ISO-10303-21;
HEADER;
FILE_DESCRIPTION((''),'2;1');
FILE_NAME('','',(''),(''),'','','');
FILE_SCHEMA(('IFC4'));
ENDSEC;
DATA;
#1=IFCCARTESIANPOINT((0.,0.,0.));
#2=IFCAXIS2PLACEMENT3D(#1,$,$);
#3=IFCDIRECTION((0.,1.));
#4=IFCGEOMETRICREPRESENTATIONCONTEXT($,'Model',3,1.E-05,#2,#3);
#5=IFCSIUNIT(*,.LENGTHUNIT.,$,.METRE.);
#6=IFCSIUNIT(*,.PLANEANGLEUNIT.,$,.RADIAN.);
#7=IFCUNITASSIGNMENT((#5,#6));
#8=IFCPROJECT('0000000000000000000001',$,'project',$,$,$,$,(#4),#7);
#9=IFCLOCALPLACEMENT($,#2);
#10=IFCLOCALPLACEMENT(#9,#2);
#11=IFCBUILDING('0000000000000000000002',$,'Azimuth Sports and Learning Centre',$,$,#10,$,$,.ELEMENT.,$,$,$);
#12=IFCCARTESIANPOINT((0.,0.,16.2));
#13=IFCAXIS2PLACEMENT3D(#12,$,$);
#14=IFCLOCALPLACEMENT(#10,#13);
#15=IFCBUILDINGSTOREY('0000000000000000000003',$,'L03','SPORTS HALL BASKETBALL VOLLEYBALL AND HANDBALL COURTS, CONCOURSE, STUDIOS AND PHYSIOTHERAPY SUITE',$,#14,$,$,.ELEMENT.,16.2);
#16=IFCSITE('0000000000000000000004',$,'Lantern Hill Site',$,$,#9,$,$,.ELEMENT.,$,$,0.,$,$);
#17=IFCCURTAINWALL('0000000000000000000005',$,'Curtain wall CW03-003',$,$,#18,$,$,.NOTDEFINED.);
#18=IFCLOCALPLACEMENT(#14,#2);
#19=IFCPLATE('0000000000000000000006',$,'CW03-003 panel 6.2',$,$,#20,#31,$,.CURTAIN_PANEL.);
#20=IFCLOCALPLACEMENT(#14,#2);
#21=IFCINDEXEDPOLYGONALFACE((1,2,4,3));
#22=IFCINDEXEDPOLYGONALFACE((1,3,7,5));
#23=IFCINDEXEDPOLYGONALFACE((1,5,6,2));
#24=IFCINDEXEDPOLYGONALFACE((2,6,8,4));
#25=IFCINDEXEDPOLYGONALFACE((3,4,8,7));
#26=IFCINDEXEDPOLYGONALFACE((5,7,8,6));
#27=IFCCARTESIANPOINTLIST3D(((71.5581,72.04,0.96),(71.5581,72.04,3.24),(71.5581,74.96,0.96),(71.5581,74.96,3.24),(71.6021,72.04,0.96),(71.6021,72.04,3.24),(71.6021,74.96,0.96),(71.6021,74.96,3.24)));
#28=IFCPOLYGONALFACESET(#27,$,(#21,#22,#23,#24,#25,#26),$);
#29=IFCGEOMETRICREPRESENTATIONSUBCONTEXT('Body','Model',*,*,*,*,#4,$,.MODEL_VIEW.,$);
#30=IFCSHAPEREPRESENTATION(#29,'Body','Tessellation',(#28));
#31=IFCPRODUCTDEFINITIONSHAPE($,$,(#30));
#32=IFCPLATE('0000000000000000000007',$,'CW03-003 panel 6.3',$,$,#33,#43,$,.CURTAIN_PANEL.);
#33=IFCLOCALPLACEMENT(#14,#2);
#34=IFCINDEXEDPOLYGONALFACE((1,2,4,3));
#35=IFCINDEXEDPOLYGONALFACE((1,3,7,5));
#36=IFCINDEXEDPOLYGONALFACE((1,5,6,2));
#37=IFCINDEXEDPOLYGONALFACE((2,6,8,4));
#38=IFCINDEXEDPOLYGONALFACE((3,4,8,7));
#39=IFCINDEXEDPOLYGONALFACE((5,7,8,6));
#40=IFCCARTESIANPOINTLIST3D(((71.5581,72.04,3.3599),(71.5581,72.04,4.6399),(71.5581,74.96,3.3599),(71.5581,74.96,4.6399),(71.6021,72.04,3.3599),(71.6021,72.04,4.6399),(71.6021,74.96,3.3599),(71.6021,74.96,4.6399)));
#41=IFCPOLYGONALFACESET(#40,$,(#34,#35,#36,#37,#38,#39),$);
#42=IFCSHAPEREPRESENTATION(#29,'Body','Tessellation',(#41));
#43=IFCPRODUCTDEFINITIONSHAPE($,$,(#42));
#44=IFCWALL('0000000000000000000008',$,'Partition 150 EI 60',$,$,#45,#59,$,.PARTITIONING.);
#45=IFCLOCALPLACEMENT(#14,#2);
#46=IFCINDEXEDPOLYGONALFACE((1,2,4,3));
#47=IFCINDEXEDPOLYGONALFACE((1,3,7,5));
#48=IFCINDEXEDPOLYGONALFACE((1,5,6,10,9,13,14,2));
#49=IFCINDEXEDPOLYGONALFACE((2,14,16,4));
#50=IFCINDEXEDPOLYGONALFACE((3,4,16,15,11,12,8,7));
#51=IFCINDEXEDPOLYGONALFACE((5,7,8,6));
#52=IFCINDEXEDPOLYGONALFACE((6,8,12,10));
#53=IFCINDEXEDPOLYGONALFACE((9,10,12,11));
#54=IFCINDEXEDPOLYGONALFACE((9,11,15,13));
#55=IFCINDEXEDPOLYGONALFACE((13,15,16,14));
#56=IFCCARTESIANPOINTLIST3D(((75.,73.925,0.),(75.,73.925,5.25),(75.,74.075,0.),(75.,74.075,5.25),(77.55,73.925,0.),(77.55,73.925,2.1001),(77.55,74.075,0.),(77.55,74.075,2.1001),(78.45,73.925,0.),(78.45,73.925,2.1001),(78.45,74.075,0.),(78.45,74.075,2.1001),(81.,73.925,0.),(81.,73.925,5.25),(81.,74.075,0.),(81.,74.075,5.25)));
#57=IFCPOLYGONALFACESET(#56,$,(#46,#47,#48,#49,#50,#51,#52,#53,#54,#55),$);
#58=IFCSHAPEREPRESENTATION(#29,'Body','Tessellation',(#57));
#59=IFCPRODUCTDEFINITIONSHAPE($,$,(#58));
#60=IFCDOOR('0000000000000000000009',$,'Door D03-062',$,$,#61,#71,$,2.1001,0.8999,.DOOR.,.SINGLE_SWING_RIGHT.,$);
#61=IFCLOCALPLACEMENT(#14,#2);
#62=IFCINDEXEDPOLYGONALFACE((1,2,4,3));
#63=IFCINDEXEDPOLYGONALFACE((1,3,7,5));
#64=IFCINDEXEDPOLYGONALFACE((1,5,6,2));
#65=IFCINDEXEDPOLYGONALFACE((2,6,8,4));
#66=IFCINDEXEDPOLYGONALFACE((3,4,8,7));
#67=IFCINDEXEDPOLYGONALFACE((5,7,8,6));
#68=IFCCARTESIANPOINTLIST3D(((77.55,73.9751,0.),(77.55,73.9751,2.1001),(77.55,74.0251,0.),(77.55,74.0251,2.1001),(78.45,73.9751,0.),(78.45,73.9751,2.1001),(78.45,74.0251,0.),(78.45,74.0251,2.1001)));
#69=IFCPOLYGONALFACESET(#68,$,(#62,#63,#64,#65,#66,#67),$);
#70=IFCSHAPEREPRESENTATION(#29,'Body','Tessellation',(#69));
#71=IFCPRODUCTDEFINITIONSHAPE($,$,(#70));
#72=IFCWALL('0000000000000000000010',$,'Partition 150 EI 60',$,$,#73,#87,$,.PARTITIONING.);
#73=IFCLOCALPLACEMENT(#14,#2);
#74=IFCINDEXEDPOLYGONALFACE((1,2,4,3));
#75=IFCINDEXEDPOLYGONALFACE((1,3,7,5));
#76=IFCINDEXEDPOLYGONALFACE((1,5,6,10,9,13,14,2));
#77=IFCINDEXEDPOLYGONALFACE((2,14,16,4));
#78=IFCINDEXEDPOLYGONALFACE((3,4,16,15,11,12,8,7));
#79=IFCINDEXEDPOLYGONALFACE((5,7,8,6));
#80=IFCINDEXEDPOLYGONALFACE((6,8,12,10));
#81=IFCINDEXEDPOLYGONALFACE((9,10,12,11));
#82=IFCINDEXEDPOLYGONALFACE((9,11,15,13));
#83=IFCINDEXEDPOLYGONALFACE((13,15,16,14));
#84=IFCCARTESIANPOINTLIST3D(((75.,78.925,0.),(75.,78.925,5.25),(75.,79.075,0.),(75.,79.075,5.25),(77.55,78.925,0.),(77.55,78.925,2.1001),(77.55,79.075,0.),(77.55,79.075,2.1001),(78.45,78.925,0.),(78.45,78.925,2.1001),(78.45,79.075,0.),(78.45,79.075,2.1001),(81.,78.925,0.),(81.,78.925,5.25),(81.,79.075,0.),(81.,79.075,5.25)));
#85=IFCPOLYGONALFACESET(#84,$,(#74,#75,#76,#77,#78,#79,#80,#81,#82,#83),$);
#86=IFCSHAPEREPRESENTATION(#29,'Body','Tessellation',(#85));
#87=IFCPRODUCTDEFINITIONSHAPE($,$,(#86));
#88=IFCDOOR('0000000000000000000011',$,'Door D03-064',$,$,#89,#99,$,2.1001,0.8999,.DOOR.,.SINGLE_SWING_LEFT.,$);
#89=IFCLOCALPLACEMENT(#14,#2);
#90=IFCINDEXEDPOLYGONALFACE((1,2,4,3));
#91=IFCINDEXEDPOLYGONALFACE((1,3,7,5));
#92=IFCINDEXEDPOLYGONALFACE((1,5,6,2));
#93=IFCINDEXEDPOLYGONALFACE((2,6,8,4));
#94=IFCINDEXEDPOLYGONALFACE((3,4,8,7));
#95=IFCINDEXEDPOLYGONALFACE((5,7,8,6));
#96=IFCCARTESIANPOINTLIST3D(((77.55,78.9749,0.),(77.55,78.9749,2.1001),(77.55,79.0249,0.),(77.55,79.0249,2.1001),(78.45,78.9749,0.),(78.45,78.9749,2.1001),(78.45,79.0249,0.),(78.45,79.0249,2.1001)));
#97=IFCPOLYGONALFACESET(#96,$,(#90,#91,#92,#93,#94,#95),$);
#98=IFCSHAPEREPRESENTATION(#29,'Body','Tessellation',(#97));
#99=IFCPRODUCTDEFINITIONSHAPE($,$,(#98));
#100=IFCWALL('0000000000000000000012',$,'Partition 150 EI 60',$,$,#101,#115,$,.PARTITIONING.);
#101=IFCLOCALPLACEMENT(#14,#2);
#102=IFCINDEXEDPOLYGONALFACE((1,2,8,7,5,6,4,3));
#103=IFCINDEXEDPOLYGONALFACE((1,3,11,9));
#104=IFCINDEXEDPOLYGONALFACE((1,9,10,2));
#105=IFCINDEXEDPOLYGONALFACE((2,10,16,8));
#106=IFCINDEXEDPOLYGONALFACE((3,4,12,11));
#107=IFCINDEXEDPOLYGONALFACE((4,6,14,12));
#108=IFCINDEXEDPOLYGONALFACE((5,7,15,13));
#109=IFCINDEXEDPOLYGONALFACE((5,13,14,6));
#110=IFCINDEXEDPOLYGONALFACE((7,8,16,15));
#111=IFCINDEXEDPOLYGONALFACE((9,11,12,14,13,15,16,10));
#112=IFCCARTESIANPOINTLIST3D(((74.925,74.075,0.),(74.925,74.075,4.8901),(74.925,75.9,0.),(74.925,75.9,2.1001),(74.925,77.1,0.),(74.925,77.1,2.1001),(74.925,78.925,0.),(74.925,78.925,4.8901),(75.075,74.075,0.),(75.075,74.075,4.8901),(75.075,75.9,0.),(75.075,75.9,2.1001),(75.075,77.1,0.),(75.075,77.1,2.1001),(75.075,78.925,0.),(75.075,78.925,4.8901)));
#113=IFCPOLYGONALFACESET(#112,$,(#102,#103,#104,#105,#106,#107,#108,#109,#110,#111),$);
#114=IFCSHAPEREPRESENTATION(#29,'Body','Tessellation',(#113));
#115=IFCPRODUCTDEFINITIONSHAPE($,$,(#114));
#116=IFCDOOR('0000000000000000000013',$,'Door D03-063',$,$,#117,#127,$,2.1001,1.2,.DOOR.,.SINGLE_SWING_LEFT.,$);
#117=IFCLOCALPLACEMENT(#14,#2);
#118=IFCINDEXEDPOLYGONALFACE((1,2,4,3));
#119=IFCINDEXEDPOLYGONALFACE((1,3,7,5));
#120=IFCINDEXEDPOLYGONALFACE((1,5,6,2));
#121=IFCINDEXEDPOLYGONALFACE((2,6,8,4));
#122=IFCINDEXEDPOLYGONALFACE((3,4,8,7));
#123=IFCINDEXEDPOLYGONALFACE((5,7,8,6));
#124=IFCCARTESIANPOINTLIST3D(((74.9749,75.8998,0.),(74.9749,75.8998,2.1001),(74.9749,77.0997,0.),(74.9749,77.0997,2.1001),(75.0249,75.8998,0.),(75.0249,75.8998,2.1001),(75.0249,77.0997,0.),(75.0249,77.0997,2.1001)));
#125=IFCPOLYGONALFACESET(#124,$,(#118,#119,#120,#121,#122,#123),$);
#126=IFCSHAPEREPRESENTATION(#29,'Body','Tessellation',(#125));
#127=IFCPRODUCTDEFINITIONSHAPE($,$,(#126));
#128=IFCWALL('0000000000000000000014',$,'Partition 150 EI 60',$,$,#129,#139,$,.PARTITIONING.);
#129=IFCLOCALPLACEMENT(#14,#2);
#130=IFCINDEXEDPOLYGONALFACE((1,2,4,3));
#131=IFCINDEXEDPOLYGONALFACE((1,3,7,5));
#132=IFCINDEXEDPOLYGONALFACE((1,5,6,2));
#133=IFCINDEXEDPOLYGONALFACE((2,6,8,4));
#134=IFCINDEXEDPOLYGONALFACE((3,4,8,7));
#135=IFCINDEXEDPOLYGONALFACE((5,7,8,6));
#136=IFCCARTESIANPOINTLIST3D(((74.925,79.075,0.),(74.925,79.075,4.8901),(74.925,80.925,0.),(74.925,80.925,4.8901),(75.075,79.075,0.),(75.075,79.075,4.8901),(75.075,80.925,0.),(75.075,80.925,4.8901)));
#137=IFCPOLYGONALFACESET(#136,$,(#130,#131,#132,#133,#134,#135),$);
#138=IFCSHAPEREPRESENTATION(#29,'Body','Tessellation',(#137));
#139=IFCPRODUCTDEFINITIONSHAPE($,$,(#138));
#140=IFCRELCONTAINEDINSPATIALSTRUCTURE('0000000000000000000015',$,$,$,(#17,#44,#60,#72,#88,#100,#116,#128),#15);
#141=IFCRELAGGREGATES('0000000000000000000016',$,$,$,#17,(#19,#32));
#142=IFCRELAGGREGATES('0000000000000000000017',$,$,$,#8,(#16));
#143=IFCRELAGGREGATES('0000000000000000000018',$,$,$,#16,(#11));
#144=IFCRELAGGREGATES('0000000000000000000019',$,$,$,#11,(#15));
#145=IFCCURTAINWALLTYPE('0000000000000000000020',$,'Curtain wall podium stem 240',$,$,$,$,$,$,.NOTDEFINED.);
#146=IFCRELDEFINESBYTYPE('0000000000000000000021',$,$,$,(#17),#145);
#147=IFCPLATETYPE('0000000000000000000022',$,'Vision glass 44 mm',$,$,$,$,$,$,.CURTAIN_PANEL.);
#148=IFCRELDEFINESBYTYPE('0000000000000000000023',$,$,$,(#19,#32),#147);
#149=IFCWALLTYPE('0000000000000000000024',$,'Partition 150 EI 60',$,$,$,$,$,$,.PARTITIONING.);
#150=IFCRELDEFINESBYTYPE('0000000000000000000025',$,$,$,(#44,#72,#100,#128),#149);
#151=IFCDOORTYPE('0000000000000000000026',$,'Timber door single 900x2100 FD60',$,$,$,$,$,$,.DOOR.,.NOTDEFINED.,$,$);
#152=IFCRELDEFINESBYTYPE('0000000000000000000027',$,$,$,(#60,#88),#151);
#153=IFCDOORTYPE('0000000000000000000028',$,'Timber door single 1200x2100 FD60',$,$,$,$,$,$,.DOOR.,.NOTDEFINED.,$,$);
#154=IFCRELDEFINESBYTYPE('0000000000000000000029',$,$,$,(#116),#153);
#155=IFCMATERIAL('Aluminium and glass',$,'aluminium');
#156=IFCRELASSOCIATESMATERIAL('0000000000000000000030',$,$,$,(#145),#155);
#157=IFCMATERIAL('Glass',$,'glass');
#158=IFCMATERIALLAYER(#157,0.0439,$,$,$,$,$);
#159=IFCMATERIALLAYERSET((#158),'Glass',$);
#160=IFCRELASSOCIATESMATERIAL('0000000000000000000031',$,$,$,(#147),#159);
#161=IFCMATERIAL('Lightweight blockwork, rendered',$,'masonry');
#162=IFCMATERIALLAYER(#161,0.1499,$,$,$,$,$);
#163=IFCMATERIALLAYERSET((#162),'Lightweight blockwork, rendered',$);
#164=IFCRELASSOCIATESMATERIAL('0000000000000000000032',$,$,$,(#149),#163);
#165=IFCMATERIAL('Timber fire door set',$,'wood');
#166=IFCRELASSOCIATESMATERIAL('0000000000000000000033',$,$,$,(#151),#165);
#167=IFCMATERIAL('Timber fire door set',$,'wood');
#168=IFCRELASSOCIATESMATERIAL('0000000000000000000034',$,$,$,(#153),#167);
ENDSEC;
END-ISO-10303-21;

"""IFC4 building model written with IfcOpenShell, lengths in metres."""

from ifc_helpers import new_model, si_unit, direction, frame, frame_2d, origin, origin_2d, place, context, subcontext, project, spatial, rectangle, extrude, material, layer, layer_set, type_object, element, fill, aggregate, save


model = new_model("IFC4")

# Units and contexts
model_context = context("Model", 3, precision=1e-05, world=origin(), true_north=direction((0.0, 1.0)))
body_context = subcontext(model_context, "Body", "Model", "MODEL_VIEW")
ifc_project = project(units=[si_unit("LENGTHUNIT", "METRE"), si_unit("PLANEANGLEUNIT", "RADIAN")], contexts=[model_context])

# Site, building, storey
site_placement = place(None, origin())
site = spatial("IfcSite", under=ifc_project, at=site_placement, Name="Lantern Hill Site", CompositionType="ELEMENT", RefElevation=0.0)
building_placement = place(site_placement, origin())
building = spatial("IfcBuilding", under=site, at=building_placement, Name="Azimuth Sports and Learning Centre", CompositionType="ELEMENT")
storey_placement = place(building_placement, frame((0.0, 0.0, 16.2)))
storey = spatial("IfcBuildingStorey", under=building, at=storey_placement, Name="L03", Description="SPORTS HALL BASKETBALL VOLLEYBALL AND HANDBALL COURTS, CONCOURSE, STUDIOS AND PHYSIOTHERAPY SUITE", CompositionType="ELEMENT", Elevation=16.2)

# Curtain wall, plates
ifc_material_1 = material(Name="Aluminium and glass", Category="aluminium")
curtain_wall_type = type_object("IfcCurtainWallType", Name="Curtain wall podium stem 240", PredefinedType="NOTDEFINED", material=ifc_material_1)
curtain_wall_placement = place(storey_placement, origin())
curtain_wall = element("IfcCurtainWall", 1, at=curtain_wall_placement, inside=storey, type_object=curtain_wall_type, Name="Curtain wall CW03-003", PredefinedType="NOTDEFINED")
ifc_material_2 = material(Name="Glass", Category="glass")
ifc_layer_1 = layer(ifc_material_2, 0.0439)
ifc_layer_set_1 = layer_set([ifc_layer_1], Name="Glass")
plate_type_1 = type_object("IfcPlateType", Name="Vision glass 44 mm", PredefinedType="CURTAIN_PANEL", material=ifc_layer_set_1)
plate_1_placement = place(storey_placement, frame((71.5801, 73.5, 0.96), z_axis=(0.0, 0.0, 1.0), x_axis=(0.0, -1.0, 0.0)))
plate_1 = element("IfcPlate", 2, at=plate_1_placement, type_object=plate_type_1, Name="CW03-003 panel 6.2", PredefinedType="CURTAIN_PANEL", context=body_context, shape_type="SweptSolid", body=[
    extrude(rectangle(XDim=2.9199, YDim=0.0439, at=origin_2d()), origin(), (0.0, 0.0, 1.0), 2.28),
])
plate_2_placement = place(storey_placement, frame((71.5801, 73.5, 3.3599), z_axis=(0.0, 0.0, 1.0), x_axis=(0.0, -1.0, 0.0)))
plate_2 = element("IfcPlate", 3, at=plate_2_placement, type_object=plate_type_1, Name="CW03-003 panel 6.3", PredefinedType="CURTAIN_PANEL", context=body_context, shape_type="SweptSolid", body=[
    extrude(rectangle(XDim=2.9199, YDim=0.0439, at=origin_2d()), origin(), (0.0, 0.0, 1.0), 1.28),
])
aggregate(curtain_wall, [plate_1, plate_2])

# Walls, openings, doors
ifc_material_3 = material(Name="Lightweight blockwork, rendered", Category="masonry")
ifc_layer_2 = layer(ifc_material_3, 0.1499)
ifc_layer_set_2 = layer_set([ifc_layer_2], Name="Lightweight blockwork, rendered")
wall_type = type_object("IfcWallType", Name="Partition 150 EI 60", PredefinedType="PARTITIONING", material=ifc_layer_set_2)
wall_1_placement = place(storey_placement, frame((75.0, 74.0, 0.0), z_axis=(0.0, 0.0, 1.0), x_axis=(1.0, 0.0, 0.0)))
wall_1 = element("IfcWall", 4, at=wall_1_placement, inside=storey, type_object=wall_type, Name="Partition 150 EI 60", PredefinedType="PARTITIONING", context=body_context, shape_type="SweptSolid", body=[
    extrude(rectangle(XDim=6.0, YDim=0.1499, at=frame_2d((3.0, 0.0))), origin(), (0.0, 0.0, 1.0), 5.25),
])
opening_1_placement = place(wall_1_placement, frame((2.55, 0.0, 0.0)))
opening_1 = element("IfcOpeningElement", 5, at=opening_1_placement, cuts=wall_1, PredefinedType="OPENING", context=body_context, shape_type="SweptSolid", body=[
    extrude(rectangle(XDim=0.8999, YDim=2.1001, at=frame_2d((0.45, 1.05))), frame((0.0, 0.0859, 0.0), z_axis=(0.0, -1.0, 0.0), x_axis=(1.0, 0.0, 0.0)), (0.0, 0.0, 1.0), 0.1719),
])
ifc_material_4 = material(Name="Timber fire door set", Category="wood")
door_type_1 = type_object("IfcDoorType", Name="Timber door single 900x2100 FD60", OperationType="NOTDEFINED", PredefinedType="DOOR", material=ifc_material_4)
door_1_placement = place(opening_1_placement, frame((0.8999, 0.0, 0.0), z_axis=(0.0, 0.0, 1.0), x_axis=(-1.0, 0.0, 0.0)))
door_1 = element("IfcDoor", 6, at=door_1_placement, inside=storey, type_object=door_type_1, Name="Door D03-062", OperationType="SINGLE_SWING_RIGHT", OverallHeight=2.1001, OverallWidth=0.8999, PredefinedType="DOOR", context=body_context, shape_type="SweptSolid", body=[
    extrude(rectangle(XDim=0.8999, YDim=2.1001, at=frame_2d((0.45, 1.05))), frame((0.0, 0.0249, 0.0), z_axis=(0.0, -1.0, 0.0), x_axis=(1.0, 0.0, 0.0)), (0.0, 0.0, 1.0), 0.05),
])
fill(opening_1, door_1)
wall_2_placement = place(storey_placement, frame((75.0, 79.0, 0.0), z_axis=(0.0, 0.0, 1.0), x_axis=(1.0, 0.0, 0.0)))
wall_2 = element("IfcWall", 7, at=wall_2_placement, inside=storey, type_object=wall_type, Name="Partition 150 EI 60", PredefinedType="PARTITIONING", context=body_context, shape_type="SweptSolid", body=[
    extrude(rectangle(XDim=6.0, YDim=0.1499, at=frame_2d((3.0, 0.0))), origin(), (0.0, 0.0, 1.0), 5.25),
])
opening_2_placement = place(wall_2_placement, frame((2.55, 0.0, 0.0)))
opening_2 = element("IfcOpeningElement", 8, at=opening_2_placement, cuts=wall_2, PredefinedType="OPENING", context=body_context, shape_type="SweptSolid", body=[
    extrude(rectangle(XDim=0.8999, YDim=2.1001, at=frame_2d((0.45, 1.05))), frame((0.0, 0.0859, 0.0), z_axis=(0.0, -1.0, 0.0), x_axis=(1.0, 0.0, 0.0)), (0.0, 0.0, 1.0), 0.1719),
])
door_2_placement = place(opening_2_placement, origin())
door_2 = element("IfcDoor", 9, at=door_2_placement, inside=storey, type_object=door_type_1, Name="Door D03-064", OperationType="SINGLE_SWING_LEFT", OverallHeight=2.1001, OverallWidth=0.8999, PredefinedType="DOOR", context=body_context, shape_type="SweptSolid", body=[
    extrude(rectangle(XDim=0.8999, YDim=2.1001, at=frame_2d((0.45, 1.05))), frame((0.0, 0.0249, 0.0), z_axis=(0.0, -1.0, 0.0), x_axis=(1.0, 0.0, 0.0)), (0.0, 0.0, 1.0), 0.05),
])
fill(opening_2, door_2)
wall_3_placement = place(storey_placement, frame((75.0, 74.075, 0.0), z_axis=(0.0, 0.0, 1.0), x_axis=(0.0, 1.0, 0.0)))
wall_3 = element("IfcWall", 10, at=wall_3_placement, inside=storey, type_object=wall_type, Name="Partition 150 EI 60", PredefinedType="PARTITIONING", context=body_context, shape_type="SweptSolid", body=[
    extrude(rectangle(XDim=4.8501, YDim=0.1499, at=frame_2d((2.425, 0.0))), origin(), (0.0, 0.0, 1.0), 4.8901),
])
opening_3_placement = place(wall_3_placement, frame((1.825, 0.0, 0.0)))
opening_3 = element("IfcOpeningElement", 11, at=opening_3_placement, cuts=wall_3, PredefinedType="OPENING", context=body_context, shape_type="SweptSolid", body=[
    extrude(rectangle(XDim=1.2, YDim=2.1001, at=frame_2d((0.6001, 1.05))), frame((0.0, 0.0859, 0.0), z_axis=(0.0, -1.0, 0.0), x_axis=(1.0, 0.0, 0.0)), (0.0, 0.0, 1.0), 0.1719),
])
ifc_material_5 = material(Name="Timber fire door set", Category="wood")
door_type_2 = type_object("IfcDoorType", Name="Timber door single 1200x2100 FD60", OperationType="NOTDEFINED", PredefinedType="DOOR", material=ifc_material_5)
door_3_placement = place(opening_3_placement, frame((1.2, 0.0, 0.0), z_axis=(0.0, 0.0, 1.0), x_axis=(-1.0, 0.0, 0.0)))
door_3 = element("IfcDoor", 12, at=door_3_placement, inside=storey, type_object=door_type_2, Name="Door D03-063", OperationType="SINGLE_SWING_LEFT", OverallHeight=2.1001, OverallWidth=1.2, PredefinedType="DOOR", context=body_context, shape_type="SweptSolid", body=[
    extrude(rectangle(XDim=1.2, YDim=2.1001, at=frame_2d((0.6001, 1.05))), frame((0.0, 0.0249, 0.0), z_axis=(0.0, -1.0, 0.0), x_axis=(1.0, 0.0, 0.0)), (0.0, 0.0, 1.0), 0.05),
])
fill(opening_3, door_3)

# Wall
wall_4_placement = place(storey_placement, frame((75.0, 79.075, 0.0), z_axis=(0.0, 0.0, 1.0), x_axis=(0.0, 1.0, 0.0)))
element("IfcWall", 13, at=wall_4_placement, inside=storey, type_object=wall_type, Name="Partition 150 EI 60", PredefinedType="PARTITIONING", context=body_context, shape_type="SweptSolid", body=[
    extrude(rectangle(XDim=1.8501, YDim=0.1499, at=frame_2d((0.925, 0.0))), origin(), (0.0, 0.0, 1.0), 4.8901),
])

save(model, "model.ifc")
